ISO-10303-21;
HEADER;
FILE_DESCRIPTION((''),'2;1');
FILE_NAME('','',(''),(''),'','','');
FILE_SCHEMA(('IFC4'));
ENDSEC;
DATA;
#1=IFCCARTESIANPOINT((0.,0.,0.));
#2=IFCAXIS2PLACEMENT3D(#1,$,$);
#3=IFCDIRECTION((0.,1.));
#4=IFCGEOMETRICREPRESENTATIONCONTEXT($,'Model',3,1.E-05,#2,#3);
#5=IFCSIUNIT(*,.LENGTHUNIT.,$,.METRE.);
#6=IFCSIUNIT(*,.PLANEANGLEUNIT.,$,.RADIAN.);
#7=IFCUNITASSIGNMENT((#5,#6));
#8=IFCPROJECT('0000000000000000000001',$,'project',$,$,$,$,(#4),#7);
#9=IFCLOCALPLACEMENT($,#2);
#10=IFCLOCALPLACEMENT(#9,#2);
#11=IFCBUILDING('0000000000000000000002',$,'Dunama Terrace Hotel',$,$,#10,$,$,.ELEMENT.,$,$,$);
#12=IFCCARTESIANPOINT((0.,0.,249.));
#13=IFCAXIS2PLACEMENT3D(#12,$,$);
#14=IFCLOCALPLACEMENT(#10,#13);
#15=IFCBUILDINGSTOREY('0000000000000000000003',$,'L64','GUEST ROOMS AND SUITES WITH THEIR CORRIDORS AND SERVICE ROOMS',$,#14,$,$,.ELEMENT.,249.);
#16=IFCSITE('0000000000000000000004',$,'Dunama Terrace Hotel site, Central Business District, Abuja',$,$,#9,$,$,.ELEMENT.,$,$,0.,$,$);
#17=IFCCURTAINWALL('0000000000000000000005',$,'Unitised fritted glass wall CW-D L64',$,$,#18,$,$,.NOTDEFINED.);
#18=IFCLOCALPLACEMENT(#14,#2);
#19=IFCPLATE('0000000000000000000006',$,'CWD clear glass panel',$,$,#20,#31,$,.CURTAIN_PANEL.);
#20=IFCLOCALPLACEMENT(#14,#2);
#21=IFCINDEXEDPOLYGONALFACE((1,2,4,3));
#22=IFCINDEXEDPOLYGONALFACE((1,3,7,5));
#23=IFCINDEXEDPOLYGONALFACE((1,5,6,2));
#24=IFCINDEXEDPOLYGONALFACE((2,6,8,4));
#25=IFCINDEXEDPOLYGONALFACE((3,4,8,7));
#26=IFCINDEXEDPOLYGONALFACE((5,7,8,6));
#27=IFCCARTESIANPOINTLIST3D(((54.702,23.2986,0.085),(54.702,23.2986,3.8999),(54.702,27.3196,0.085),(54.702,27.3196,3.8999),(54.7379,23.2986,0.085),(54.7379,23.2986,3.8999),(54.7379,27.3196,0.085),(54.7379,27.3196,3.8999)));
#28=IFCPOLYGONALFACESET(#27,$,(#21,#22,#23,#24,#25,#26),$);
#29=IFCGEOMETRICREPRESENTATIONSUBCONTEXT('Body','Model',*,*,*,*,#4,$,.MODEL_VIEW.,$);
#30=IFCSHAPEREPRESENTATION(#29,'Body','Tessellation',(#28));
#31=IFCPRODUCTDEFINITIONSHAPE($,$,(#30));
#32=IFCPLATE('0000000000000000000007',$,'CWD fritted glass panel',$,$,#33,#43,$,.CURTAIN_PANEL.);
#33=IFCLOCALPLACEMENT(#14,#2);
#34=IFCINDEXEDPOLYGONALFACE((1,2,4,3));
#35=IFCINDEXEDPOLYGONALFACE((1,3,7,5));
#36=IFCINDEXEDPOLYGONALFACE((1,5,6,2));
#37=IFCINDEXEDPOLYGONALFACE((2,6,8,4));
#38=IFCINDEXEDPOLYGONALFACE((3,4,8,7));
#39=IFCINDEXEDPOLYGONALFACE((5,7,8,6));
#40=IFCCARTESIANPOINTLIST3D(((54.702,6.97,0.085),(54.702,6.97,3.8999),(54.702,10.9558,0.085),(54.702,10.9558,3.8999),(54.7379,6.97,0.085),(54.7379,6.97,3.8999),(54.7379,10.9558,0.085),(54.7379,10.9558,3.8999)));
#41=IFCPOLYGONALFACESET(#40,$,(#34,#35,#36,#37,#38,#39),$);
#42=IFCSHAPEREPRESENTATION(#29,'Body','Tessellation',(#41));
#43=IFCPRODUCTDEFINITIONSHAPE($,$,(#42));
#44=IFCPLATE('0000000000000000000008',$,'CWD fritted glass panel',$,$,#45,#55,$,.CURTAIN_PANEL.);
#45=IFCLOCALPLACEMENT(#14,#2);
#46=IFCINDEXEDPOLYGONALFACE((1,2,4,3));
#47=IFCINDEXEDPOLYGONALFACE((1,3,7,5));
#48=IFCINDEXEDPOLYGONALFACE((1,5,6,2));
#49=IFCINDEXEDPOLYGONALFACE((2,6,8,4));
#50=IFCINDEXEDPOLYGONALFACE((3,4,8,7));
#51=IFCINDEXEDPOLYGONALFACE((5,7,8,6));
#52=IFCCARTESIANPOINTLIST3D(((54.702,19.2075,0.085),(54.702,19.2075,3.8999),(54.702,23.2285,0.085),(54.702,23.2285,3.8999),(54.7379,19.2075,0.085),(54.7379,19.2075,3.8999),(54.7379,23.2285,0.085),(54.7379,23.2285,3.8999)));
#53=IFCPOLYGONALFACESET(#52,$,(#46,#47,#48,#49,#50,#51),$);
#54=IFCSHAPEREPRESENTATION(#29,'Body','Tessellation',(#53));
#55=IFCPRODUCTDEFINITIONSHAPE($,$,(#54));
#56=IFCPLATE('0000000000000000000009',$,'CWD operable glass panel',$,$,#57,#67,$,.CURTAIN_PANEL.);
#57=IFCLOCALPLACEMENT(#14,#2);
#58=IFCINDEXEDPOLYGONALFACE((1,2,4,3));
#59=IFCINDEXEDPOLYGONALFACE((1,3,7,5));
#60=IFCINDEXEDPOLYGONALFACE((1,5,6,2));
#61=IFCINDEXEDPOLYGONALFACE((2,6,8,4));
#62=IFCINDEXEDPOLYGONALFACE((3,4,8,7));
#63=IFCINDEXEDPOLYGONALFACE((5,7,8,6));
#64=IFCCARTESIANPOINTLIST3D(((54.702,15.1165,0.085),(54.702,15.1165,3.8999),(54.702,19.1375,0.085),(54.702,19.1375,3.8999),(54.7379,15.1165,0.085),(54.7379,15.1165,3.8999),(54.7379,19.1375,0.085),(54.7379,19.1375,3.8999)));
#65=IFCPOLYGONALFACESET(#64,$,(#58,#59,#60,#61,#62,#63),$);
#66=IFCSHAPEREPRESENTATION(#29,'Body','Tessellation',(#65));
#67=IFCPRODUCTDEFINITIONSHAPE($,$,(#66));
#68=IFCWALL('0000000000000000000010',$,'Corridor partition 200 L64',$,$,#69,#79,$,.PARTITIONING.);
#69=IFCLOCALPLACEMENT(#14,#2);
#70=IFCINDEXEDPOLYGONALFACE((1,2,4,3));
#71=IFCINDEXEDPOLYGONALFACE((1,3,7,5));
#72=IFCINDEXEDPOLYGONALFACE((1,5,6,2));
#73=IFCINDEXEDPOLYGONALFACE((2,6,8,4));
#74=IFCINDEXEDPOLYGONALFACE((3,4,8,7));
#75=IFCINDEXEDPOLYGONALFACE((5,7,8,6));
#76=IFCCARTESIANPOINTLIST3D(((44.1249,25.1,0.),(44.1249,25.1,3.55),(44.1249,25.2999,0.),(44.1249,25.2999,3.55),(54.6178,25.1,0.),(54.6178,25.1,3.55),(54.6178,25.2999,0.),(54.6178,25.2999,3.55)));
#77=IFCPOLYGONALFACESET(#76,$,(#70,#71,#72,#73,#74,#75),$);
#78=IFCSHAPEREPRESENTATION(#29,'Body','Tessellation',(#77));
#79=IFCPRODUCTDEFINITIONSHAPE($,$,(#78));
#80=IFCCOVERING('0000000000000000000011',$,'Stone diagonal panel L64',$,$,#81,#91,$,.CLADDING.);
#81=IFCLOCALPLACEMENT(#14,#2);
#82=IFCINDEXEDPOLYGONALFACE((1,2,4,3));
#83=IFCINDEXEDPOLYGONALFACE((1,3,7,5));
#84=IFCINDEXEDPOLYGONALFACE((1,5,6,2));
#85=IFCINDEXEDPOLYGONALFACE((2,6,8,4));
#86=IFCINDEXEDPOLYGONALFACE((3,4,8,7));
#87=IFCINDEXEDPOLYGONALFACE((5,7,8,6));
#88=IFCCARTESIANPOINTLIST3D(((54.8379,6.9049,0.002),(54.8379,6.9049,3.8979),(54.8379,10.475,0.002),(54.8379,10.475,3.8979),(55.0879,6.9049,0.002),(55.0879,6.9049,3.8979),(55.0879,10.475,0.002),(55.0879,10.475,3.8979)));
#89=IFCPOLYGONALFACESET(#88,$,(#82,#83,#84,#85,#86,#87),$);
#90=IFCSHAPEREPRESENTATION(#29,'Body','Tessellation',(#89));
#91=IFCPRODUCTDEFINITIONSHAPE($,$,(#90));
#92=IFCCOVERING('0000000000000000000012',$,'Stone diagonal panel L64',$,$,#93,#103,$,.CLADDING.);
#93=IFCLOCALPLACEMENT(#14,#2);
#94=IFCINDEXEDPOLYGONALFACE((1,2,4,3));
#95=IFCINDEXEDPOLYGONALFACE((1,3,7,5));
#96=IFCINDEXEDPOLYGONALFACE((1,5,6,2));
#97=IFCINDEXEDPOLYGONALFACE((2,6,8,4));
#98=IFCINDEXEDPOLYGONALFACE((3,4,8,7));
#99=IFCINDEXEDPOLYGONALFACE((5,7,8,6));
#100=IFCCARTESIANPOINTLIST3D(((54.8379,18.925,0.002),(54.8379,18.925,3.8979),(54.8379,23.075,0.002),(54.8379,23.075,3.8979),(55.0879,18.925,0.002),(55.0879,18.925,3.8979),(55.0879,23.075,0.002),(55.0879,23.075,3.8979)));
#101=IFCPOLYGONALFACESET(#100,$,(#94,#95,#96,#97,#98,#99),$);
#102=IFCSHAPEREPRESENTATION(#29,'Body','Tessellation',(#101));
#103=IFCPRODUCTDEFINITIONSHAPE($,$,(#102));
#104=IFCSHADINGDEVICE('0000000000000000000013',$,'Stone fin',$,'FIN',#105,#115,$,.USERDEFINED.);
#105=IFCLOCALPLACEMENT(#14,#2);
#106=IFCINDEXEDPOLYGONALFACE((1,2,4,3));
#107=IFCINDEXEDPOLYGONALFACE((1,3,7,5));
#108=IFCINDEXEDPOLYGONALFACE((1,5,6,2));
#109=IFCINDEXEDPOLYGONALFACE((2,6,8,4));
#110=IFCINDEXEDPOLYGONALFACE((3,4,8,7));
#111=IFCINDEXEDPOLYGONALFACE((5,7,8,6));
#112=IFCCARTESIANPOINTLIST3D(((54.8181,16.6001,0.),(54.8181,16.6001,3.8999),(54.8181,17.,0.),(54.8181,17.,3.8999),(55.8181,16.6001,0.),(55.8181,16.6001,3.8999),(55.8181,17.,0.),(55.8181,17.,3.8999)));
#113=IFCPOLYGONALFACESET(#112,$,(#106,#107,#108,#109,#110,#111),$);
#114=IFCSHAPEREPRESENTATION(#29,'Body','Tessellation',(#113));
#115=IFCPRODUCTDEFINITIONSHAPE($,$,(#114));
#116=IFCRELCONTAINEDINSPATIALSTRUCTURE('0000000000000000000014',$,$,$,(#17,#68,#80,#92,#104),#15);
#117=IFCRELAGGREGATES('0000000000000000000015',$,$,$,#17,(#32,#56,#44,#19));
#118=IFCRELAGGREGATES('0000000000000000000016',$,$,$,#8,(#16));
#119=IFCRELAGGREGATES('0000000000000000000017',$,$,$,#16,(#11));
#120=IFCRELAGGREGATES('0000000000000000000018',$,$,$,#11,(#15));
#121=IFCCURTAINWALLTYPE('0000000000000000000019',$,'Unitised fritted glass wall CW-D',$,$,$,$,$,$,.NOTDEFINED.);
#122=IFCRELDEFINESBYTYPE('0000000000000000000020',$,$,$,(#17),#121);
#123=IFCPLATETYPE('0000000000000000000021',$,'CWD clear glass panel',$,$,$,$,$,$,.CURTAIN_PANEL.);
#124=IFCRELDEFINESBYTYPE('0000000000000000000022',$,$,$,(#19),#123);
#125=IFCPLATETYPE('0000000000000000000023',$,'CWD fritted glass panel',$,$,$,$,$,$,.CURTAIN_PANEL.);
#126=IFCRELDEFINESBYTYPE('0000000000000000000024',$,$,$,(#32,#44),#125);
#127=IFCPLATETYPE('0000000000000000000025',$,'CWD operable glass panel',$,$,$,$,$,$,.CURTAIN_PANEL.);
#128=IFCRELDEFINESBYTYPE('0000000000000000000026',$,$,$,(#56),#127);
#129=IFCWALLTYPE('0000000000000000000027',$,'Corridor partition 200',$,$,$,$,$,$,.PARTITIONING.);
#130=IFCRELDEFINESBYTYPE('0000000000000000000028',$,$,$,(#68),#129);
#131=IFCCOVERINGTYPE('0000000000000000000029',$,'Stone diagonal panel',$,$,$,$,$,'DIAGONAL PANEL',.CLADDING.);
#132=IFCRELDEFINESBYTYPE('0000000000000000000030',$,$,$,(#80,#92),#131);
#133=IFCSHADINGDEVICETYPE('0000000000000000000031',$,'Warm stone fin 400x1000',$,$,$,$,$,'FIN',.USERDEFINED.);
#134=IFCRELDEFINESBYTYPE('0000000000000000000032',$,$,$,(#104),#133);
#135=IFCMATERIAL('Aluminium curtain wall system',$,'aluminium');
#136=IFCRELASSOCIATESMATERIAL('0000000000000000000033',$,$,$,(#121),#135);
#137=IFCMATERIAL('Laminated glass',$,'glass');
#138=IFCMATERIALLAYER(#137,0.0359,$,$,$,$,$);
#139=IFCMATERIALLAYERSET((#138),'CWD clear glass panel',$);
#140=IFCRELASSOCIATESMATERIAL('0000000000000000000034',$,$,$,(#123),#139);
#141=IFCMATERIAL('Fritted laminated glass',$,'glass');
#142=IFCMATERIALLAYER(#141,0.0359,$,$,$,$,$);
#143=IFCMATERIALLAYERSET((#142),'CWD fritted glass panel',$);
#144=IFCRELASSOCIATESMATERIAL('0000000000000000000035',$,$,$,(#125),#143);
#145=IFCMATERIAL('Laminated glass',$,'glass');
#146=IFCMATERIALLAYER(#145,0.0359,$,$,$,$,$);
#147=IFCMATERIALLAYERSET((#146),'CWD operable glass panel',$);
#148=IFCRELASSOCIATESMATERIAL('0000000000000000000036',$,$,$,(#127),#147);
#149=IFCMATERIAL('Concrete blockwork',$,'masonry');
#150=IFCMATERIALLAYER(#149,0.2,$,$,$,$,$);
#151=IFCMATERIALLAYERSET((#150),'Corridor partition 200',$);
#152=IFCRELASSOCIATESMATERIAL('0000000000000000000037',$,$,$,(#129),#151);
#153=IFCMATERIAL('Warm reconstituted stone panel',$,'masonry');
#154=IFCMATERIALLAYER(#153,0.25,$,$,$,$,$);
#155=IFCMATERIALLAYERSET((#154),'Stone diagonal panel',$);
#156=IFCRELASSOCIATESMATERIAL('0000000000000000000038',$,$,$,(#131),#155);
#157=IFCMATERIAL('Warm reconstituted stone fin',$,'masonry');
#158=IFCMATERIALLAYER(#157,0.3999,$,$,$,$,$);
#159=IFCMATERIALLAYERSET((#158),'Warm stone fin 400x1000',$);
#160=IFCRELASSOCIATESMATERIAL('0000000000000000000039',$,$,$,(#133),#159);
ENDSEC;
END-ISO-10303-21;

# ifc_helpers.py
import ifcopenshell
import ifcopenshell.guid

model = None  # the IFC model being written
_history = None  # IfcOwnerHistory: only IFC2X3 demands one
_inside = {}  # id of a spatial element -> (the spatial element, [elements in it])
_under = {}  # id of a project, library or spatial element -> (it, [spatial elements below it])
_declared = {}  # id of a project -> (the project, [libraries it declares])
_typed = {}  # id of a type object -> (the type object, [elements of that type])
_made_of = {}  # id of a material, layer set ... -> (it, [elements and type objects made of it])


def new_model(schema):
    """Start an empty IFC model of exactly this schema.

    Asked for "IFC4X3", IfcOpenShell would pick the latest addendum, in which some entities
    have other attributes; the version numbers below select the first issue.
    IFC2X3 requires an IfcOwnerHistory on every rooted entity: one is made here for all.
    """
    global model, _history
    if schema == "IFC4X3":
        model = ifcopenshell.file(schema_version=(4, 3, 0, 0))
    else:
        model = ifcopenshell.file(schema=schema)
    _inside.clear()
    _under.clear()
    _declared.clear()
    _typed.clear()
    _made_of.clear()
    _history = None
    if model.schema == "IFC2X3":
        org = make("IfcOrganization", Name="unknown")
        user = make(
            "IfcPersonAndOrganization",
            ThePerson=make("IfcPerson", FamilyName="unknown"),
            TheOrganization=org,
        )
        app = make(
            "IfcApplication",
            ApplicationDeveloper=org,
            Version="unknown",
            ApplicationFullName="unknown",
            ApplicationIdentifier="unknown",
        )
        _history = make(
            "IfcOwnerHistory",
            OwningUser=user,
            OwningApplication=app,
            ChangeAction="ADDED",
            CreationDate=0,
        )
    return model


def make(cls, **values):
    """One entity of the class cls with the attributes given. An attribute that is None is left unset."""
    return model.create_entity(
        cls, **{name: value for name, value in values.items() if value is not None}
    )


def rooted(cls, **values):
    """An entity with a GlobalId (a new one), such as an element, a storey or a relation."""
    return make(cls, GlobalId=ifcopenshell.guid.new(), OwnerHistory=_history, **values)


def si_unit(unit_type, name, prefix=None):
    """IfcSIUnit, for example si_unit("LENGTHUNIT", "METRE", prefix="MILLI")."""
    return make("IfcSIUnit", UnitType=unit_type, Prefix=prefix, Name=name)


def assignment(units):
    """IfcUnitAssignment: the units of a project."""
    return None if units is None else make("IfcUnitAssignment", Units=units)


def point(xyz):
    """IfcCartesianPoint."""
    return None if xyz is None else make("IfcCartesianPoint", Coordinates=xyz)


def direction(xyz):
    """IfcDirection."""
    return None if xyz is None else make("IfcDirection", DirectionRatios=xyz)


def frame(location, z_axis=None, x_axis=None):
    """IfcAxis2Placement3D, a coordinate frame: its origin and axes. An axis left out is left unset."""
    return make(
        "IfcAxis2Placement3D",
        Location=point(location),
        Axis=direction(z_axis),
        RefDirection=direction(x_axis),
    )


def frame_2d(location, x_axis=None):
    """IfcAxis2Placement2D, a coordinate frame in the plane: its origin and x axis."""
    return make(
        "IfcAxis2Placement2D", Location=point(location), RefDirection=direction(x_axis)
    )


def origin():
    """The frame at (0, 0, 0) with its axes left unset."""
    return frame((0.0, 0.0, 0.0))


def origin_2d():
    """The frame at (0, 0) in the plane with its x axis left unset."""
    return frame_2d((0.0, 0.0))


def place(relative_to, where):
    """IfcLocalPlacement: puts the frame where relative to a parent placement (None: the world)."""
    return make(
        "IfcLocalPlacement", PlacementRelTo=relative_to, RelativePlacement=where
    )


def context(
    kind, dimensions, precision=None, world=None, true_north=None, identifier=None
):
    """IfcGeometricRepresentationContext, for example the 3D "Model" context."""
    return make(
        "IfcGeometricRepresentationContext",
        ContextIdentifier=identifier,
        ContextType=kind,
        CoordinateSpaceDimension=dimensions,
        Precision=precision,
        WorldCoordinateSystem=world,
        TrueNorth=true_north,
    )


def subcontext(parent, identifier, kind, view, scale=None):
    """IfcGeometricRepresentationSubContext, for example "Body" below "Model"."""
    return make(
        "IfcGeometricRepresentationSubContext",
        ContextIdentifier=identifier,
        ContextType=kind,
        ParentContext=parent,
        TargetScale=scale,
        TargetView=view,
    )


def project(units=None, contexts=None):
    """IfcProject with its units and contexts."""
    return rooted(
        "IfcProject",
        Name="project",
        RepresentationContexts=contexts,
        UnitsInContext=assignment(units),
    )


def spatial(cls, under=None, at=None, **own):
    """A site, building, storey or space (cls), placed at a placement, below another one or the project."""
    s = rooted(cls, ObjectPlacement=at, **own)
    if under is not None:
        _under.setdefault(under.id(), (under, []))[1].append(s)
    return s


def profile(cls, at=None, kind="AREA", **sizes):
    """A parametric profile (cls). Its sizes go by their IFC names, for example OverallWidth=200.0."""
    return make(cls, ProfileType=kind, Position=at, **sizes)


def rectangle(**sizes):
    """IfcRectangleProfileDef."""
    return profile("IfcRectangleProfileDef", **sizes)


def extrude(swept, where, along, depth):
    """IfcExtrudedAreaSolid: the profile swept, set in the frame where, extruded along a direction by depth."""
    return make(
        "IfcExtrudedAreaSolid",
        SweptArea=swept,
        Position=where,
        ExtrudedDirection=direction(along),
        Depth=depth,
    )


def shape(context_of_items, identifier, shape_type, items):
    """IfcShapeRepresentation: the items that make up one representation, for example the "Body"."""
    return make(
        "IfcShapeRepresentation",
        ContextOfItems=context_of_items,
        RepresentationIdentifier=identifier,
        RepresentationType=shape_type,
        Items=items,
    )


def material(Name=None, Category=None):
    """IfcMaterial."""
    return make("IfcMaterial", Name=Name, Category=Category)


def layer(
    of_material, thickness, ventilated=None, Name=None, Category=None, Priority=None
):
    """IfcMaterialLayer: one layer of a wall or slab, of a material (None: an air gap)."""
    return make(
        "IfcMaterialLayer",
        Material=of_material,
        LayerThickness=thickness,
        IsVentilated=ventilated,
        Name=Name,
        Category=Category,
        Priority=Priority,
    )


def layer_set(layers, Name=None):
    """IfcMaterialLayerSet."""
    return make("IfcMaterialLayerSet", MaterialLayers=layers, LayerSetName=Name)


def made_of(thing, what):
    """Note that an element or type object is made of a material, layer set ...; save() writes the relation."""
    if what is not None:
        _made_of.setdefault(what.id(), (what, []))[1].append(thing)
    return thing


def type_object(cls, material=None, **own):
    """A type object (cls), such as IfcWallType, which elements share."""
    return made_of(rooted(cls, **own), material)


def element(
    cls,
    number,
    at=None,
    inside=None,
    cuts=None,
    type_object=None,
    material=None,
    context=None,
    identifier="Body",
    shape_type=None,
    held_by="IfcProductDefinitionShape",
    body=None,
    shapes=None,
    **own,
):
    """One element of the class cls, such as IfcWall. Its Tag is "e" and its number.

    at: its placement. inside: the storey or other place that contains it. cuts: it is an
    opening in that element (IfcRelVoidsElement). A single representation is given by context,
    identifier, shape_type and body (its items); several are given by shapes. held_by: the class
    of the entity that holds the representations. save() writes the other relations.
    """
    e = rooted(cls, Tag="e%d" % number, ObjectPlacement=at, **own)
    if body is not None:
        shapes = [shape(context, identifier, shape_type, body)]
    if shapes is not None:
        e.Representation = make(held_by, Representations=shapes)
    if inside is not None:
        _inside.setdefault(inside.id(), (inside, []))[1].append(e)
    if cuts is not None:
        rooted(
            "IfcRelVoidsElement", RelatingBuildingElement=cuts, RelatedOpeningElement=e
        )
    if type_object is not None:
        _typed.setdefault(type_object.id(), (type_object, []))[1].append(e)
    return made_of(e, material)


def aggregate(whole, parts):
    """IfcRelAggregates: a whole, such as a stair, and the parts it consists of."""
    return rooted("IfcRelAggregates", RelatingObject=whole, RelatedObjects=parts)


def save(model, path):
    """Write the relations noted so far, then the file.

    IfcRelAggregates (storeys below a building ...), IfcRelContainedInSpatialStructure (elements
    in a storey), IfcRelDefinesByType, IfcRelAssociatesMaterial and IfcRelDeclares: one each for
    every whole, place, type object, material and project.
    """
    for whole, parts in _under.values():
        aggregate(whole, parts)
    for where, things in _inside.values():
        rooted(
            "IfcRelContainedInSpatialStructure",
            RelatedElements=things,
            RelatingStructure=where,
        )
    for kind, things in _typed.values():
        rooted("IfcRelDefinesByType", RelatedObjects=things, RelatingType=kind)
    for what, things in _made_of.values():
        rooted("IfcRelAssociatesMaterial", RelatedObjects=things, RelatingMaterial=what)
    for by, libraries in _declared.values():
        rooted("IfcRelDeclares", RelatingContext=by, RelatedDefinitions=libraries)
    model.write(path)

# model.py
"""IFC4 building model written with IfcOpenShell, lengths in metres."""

from ifc_helpers import new_model, si_unit, direction, frame, frame_2d, origin, origin_2d, place, context, subcontext, project, spatial, rectangle, extrude, material, layer, layer_set, type_object, element, aggregate, save


model = new_model("IFC4")

# Units and contexts
model_context = context("Model", 3, precision=1e-05, world=origin(), true_north=direction((0.0, 1.0)))
body_context = subcontext(model_context, "Body", "Model", "MODEL_VIEW")
ifc_project = project(units=[si_unit("LENGTHUNIT", "METRE"), si_unit("PLANEANGLEUNIT", "RADIAN")], contexts=[model_context])

# Site, building, storey
site_placement = place(None, origin())
site = spatial("IfcSite", under=ifc_project, at=site_placement, Name="Dunama Terrace Hotel site, Central Business District, Abuja", CompositionType="ELEMENT", RefElevation=0.0)
building_placement = place(site_placement, origin())
building = spatial("IfcBuilding", under=site, at=building_placement, Name="Dunama Terrace Hotel", CompositionType="ELEMENT")
storey_placement = place(building_placement, frame((0.0, 0.0, 249.0)))
storey = spatial("IfcBuildingStorey", under=building, at=storey_placement, Name="L64", Description="GUEST ROOMS AND SUITES WITH THEIR CORRIDORS AND SERVICE ROOMS", CompositionType="ELEMENT", Elevation=249.0)

# Curtain wall
ifc_material_1 = material(Name="Aluminium curtain wall system", Category="aluminium")
curtain_wall_type = type_object("IfcCurtainWallType", Name="Unitised fritted glass wall CW-D", PredefinedType="NOTDEFINED", material=ifc_material_1)
curtain_wall_placement = place(storey_placement, origin())
curtain_wall = element("IfcCurtainWall", 1, at=curtain_wall_placement, inside=storey, type_object=curtain_wall_type, Name="Unitised fritted glass wall CW-D L64", PredefinedType="NOTDEFINED")

# Plates
ifc_material_2 = material(Name="Laminated glass", Category="glass")
ifc_layer_1 = layer(ifc_material_2, 0.0359)
ifc_layer_set_1 = layer_set([ifc_layer_1], Name="CWD clear glass panel")
plate_type_1 = type_object("IfcPlateType", Name="CWD clear glass panel", PredefinedType="CURTAIN_PANEL", material=ifc_layer_set_1)
plate_1_placement = place(storey_placement, frame((54.72, 25.3091, 0.085), z_axis=(0.0, 0.0, 1.0), x_axis=(0.0, 1.0, 0.0)))
plate_1 = element("IfcPlate", 2, at=plate_1_placement, type_object=plate_type_1, Name="CWD clear glass panel", PredefinedType="CURTAIN_PANEL", context=body_context, shape_type="SweptSolid", body=[
    extrude(rectangle(XDim=4.021, YDim=0.0359, at=origin_2d()), origin(), (0.0, 0.0, 1.0), 3.8149),
])
ifc_material_3 = material(Name="Fritted laminated glass", Category="glass")
ifc_layer_2 = layer(ifc_material_3, 0.0359)
ifc_layer_set_2 = layer_set([ifc_layer_2], Name="CWD fritted glass panel")
plate_type_2 = type_object("IfcPlateType", Name="CWD fritted glass panel", PredefinedType="CURTAIN_PANEL", material=ifc_layer_set_2)
plate_2_placement = place(storey_placement, frame((54.72, 8.9629, 0.085), z_axis=(0.0, 0.0, 1.0), x_axis=(0.0, 1.0, 0.0)))
plate_2 = element("IfcPlate", 3, at=plate_2_placement, type_object=plate_type_2, Name="CWD fritted glass panel", PredefinedType="CURTAIN_PANEL", context=body_context, shape_type="SweptSolid", body=[
    extrude(rectangle(XDim=3.9858, YDim=0.0359, at=origin_2d()), origin(), (0.0, 0.0, 1.0), 3.8149),
])
plate_3_placement = place(storey_placement, frame((54.72, 21.218, 0.085), z_axis=(0.0, 0.0, 1.0), x_axis=(0.0, 1.0, 0.0)))
plate_3 = element("IfcPlate", 4, at=plate_3_placement, type_object=plate_type_2, Name="CWD fritted glass panel", PredefinedType="CURTAIN_PANEL", context=body_context, shape_type="SweptSolid", body=[
    extrude(rectangle(XDim=4.021, YDim=0.0359, at=origin_2d()), origin(), (0.0, 0.0, 1.0), 3.8149),
])
ifc_material_4 = material(Name="Laminated glass", Category="glass")
ifc_layer_3 = layer(ifc_material_4, 0.0359)
ifc_layer_set_3 = layer_set([ifc_layer_3], Name="CWD operable glass panel")
plate_type_3 = type_object("IfcPlateType", Name="CWD operable glass panel", PredefinedType="CURTAIN_PANEL", material=ifc_layer_set_3)
plate_4_placement = place(storey_placement, frame((54.72, 17.127, 0.085), z_axis=(0.0, 0.0, 1.0), x_axis=(0.0, 1.0, 0.0)))
plate_4 = element("IfcPlate", 5, at=plate_4_placement, type_object=plate_type_3, Name="CWD operable glass panel", PredefinedType="CURTAIN_PANEL", context=body_context, shape_type="SweptSolid", body=[
    extrude(rectangle(XDim=4.021, YDim=0.0359, at=origin_2d()), origin(), (0.0, 0.0, 1.0), 3.8149),
])
aggregate(curtain_wall, [plate_2, plate_4, plate_3, plate_1])

# Wall
ifc_material_5 = material(Name="Concrete blockwork", Category="masonry")
ifc_layer_4 = layer(ifc_material_5, 0.2)
ifc_layer_set_4 = layer_set([ifc_layer_4], Name="Corridor partition 200")
wall_type = type_object("IfcWallType", Name="Corridor partition 200", PredefinedType="PARTITIONING", material=ifc_layer_set_4)
wall_placement = place(storey_placement, frame((54.6179, 25.2, 0.0), z_axis=(0.0, 0.0, 1.0), x_axis=(-1.0, 0.0, 0.0)))
element("IfcWall", 6, at=wall_placement, inside=storey, type_object=wall_type, Name="Corridor partition 200 L64", PredefinedType="PARTITIONING", context=body_context, shape_type="SweptSolid", body=[
    extrude(rectangle(XDim=10.4929, YDim=0.2, at=frame_2d((5.2466, 0.0))), origin(), (0.0, 0.0, 1.0), 3.55),
])

# Coverings
ifc_material_6 = material(Name="Warm reconstituted stone panel", Category="masonry")
ifc_layer_5 = layer(ifc_material_6, 0.25)
ifc_layer_set_5 = layer_set([ifc_layer_5], Name="Stone diagonal panel")
covering_type = type_object("IfcCoveringType", Name="Stone diagonal panel", ElementType="DIAGONAL PANEL", PredefinedType="CLADDING", material=ifc_layer_set_5)
covering_1_placement = place(storey_placement, frame((54.9629, 8.6899, 0.002), z_axis=(0.0, 0.0, 1.0), x_axis=(0.0, 1.0, 0.0)))
element("IfcCovering", 7, at=covering_1_placement, inside=storey, type_object=covering_type, Name="Stone diagonal panel L64", PredefinedType="CLADDING", context=body_context, shape_type="SweptSolid", body=[
    extrude(rectangle(XDim=3.5701, YDim=0.25, at=origin_2d()), origin(), (0.0, 0.0, 1.0), 3.896),
])
covering_2_placement = place(storey_placement, frame((54.9629, 21.0, 0.002), z_axis=(0.0, 0.0, 1.0), x_axis=(0.0, 1.0, 0.0)))
element("IfcCovering", 8, at=covering_2_placement, inside=storey, type_object=covering_type, Name="Stone diagonal panel L64", PredefinedType="CLADDING", context=body_context, shape_type="SweptSolid", body=[
    extrude(rectangle(XDim=4.1499, YDim=0.25, at=origin_2d()), origin(), (0.0, 0.0, 1.0), 3.896),
])

# Shading device
ifc_material_7 = material(Name="Warm reconstituted stone fin", Category="masonry")
ifc_layer_6 = layer(ifc_material_7, 0.3999)
ifc_layer_set_6 = layer_set([ifc_layer_6], Name="Warm stone fin 400x1000")
shading_device_type = type_object("IfcShadingDeviceType", Name="Warm stone fin 400x1000", ElementType="FIN", PredefinedType="USERDEFINED", material=ifc_layer_set_6)
shading_device_placement = place(storey_placement, frame((55.3181, 16.8, 0.0), z_axis=(0.0, 0.0, 1.0), x_axis=(0.0, 1.0, 0.0)))
element("IfcShadingDevice", 9, at=shading_device_placement, inside=storey, type_object=shading_device_type, Name="Stone fin", ObjectType="FIN", PredefinedType="USERDEFINED", context=body_context, shape_type="SweptSolid", body=[
    extrude(rectangle(XDim=0.3999, YDim=1.0, at=origin_2d()), origin(), (0.0, 0.0, 1.0), 3.8999),
])

save(model, "model.ifc")
